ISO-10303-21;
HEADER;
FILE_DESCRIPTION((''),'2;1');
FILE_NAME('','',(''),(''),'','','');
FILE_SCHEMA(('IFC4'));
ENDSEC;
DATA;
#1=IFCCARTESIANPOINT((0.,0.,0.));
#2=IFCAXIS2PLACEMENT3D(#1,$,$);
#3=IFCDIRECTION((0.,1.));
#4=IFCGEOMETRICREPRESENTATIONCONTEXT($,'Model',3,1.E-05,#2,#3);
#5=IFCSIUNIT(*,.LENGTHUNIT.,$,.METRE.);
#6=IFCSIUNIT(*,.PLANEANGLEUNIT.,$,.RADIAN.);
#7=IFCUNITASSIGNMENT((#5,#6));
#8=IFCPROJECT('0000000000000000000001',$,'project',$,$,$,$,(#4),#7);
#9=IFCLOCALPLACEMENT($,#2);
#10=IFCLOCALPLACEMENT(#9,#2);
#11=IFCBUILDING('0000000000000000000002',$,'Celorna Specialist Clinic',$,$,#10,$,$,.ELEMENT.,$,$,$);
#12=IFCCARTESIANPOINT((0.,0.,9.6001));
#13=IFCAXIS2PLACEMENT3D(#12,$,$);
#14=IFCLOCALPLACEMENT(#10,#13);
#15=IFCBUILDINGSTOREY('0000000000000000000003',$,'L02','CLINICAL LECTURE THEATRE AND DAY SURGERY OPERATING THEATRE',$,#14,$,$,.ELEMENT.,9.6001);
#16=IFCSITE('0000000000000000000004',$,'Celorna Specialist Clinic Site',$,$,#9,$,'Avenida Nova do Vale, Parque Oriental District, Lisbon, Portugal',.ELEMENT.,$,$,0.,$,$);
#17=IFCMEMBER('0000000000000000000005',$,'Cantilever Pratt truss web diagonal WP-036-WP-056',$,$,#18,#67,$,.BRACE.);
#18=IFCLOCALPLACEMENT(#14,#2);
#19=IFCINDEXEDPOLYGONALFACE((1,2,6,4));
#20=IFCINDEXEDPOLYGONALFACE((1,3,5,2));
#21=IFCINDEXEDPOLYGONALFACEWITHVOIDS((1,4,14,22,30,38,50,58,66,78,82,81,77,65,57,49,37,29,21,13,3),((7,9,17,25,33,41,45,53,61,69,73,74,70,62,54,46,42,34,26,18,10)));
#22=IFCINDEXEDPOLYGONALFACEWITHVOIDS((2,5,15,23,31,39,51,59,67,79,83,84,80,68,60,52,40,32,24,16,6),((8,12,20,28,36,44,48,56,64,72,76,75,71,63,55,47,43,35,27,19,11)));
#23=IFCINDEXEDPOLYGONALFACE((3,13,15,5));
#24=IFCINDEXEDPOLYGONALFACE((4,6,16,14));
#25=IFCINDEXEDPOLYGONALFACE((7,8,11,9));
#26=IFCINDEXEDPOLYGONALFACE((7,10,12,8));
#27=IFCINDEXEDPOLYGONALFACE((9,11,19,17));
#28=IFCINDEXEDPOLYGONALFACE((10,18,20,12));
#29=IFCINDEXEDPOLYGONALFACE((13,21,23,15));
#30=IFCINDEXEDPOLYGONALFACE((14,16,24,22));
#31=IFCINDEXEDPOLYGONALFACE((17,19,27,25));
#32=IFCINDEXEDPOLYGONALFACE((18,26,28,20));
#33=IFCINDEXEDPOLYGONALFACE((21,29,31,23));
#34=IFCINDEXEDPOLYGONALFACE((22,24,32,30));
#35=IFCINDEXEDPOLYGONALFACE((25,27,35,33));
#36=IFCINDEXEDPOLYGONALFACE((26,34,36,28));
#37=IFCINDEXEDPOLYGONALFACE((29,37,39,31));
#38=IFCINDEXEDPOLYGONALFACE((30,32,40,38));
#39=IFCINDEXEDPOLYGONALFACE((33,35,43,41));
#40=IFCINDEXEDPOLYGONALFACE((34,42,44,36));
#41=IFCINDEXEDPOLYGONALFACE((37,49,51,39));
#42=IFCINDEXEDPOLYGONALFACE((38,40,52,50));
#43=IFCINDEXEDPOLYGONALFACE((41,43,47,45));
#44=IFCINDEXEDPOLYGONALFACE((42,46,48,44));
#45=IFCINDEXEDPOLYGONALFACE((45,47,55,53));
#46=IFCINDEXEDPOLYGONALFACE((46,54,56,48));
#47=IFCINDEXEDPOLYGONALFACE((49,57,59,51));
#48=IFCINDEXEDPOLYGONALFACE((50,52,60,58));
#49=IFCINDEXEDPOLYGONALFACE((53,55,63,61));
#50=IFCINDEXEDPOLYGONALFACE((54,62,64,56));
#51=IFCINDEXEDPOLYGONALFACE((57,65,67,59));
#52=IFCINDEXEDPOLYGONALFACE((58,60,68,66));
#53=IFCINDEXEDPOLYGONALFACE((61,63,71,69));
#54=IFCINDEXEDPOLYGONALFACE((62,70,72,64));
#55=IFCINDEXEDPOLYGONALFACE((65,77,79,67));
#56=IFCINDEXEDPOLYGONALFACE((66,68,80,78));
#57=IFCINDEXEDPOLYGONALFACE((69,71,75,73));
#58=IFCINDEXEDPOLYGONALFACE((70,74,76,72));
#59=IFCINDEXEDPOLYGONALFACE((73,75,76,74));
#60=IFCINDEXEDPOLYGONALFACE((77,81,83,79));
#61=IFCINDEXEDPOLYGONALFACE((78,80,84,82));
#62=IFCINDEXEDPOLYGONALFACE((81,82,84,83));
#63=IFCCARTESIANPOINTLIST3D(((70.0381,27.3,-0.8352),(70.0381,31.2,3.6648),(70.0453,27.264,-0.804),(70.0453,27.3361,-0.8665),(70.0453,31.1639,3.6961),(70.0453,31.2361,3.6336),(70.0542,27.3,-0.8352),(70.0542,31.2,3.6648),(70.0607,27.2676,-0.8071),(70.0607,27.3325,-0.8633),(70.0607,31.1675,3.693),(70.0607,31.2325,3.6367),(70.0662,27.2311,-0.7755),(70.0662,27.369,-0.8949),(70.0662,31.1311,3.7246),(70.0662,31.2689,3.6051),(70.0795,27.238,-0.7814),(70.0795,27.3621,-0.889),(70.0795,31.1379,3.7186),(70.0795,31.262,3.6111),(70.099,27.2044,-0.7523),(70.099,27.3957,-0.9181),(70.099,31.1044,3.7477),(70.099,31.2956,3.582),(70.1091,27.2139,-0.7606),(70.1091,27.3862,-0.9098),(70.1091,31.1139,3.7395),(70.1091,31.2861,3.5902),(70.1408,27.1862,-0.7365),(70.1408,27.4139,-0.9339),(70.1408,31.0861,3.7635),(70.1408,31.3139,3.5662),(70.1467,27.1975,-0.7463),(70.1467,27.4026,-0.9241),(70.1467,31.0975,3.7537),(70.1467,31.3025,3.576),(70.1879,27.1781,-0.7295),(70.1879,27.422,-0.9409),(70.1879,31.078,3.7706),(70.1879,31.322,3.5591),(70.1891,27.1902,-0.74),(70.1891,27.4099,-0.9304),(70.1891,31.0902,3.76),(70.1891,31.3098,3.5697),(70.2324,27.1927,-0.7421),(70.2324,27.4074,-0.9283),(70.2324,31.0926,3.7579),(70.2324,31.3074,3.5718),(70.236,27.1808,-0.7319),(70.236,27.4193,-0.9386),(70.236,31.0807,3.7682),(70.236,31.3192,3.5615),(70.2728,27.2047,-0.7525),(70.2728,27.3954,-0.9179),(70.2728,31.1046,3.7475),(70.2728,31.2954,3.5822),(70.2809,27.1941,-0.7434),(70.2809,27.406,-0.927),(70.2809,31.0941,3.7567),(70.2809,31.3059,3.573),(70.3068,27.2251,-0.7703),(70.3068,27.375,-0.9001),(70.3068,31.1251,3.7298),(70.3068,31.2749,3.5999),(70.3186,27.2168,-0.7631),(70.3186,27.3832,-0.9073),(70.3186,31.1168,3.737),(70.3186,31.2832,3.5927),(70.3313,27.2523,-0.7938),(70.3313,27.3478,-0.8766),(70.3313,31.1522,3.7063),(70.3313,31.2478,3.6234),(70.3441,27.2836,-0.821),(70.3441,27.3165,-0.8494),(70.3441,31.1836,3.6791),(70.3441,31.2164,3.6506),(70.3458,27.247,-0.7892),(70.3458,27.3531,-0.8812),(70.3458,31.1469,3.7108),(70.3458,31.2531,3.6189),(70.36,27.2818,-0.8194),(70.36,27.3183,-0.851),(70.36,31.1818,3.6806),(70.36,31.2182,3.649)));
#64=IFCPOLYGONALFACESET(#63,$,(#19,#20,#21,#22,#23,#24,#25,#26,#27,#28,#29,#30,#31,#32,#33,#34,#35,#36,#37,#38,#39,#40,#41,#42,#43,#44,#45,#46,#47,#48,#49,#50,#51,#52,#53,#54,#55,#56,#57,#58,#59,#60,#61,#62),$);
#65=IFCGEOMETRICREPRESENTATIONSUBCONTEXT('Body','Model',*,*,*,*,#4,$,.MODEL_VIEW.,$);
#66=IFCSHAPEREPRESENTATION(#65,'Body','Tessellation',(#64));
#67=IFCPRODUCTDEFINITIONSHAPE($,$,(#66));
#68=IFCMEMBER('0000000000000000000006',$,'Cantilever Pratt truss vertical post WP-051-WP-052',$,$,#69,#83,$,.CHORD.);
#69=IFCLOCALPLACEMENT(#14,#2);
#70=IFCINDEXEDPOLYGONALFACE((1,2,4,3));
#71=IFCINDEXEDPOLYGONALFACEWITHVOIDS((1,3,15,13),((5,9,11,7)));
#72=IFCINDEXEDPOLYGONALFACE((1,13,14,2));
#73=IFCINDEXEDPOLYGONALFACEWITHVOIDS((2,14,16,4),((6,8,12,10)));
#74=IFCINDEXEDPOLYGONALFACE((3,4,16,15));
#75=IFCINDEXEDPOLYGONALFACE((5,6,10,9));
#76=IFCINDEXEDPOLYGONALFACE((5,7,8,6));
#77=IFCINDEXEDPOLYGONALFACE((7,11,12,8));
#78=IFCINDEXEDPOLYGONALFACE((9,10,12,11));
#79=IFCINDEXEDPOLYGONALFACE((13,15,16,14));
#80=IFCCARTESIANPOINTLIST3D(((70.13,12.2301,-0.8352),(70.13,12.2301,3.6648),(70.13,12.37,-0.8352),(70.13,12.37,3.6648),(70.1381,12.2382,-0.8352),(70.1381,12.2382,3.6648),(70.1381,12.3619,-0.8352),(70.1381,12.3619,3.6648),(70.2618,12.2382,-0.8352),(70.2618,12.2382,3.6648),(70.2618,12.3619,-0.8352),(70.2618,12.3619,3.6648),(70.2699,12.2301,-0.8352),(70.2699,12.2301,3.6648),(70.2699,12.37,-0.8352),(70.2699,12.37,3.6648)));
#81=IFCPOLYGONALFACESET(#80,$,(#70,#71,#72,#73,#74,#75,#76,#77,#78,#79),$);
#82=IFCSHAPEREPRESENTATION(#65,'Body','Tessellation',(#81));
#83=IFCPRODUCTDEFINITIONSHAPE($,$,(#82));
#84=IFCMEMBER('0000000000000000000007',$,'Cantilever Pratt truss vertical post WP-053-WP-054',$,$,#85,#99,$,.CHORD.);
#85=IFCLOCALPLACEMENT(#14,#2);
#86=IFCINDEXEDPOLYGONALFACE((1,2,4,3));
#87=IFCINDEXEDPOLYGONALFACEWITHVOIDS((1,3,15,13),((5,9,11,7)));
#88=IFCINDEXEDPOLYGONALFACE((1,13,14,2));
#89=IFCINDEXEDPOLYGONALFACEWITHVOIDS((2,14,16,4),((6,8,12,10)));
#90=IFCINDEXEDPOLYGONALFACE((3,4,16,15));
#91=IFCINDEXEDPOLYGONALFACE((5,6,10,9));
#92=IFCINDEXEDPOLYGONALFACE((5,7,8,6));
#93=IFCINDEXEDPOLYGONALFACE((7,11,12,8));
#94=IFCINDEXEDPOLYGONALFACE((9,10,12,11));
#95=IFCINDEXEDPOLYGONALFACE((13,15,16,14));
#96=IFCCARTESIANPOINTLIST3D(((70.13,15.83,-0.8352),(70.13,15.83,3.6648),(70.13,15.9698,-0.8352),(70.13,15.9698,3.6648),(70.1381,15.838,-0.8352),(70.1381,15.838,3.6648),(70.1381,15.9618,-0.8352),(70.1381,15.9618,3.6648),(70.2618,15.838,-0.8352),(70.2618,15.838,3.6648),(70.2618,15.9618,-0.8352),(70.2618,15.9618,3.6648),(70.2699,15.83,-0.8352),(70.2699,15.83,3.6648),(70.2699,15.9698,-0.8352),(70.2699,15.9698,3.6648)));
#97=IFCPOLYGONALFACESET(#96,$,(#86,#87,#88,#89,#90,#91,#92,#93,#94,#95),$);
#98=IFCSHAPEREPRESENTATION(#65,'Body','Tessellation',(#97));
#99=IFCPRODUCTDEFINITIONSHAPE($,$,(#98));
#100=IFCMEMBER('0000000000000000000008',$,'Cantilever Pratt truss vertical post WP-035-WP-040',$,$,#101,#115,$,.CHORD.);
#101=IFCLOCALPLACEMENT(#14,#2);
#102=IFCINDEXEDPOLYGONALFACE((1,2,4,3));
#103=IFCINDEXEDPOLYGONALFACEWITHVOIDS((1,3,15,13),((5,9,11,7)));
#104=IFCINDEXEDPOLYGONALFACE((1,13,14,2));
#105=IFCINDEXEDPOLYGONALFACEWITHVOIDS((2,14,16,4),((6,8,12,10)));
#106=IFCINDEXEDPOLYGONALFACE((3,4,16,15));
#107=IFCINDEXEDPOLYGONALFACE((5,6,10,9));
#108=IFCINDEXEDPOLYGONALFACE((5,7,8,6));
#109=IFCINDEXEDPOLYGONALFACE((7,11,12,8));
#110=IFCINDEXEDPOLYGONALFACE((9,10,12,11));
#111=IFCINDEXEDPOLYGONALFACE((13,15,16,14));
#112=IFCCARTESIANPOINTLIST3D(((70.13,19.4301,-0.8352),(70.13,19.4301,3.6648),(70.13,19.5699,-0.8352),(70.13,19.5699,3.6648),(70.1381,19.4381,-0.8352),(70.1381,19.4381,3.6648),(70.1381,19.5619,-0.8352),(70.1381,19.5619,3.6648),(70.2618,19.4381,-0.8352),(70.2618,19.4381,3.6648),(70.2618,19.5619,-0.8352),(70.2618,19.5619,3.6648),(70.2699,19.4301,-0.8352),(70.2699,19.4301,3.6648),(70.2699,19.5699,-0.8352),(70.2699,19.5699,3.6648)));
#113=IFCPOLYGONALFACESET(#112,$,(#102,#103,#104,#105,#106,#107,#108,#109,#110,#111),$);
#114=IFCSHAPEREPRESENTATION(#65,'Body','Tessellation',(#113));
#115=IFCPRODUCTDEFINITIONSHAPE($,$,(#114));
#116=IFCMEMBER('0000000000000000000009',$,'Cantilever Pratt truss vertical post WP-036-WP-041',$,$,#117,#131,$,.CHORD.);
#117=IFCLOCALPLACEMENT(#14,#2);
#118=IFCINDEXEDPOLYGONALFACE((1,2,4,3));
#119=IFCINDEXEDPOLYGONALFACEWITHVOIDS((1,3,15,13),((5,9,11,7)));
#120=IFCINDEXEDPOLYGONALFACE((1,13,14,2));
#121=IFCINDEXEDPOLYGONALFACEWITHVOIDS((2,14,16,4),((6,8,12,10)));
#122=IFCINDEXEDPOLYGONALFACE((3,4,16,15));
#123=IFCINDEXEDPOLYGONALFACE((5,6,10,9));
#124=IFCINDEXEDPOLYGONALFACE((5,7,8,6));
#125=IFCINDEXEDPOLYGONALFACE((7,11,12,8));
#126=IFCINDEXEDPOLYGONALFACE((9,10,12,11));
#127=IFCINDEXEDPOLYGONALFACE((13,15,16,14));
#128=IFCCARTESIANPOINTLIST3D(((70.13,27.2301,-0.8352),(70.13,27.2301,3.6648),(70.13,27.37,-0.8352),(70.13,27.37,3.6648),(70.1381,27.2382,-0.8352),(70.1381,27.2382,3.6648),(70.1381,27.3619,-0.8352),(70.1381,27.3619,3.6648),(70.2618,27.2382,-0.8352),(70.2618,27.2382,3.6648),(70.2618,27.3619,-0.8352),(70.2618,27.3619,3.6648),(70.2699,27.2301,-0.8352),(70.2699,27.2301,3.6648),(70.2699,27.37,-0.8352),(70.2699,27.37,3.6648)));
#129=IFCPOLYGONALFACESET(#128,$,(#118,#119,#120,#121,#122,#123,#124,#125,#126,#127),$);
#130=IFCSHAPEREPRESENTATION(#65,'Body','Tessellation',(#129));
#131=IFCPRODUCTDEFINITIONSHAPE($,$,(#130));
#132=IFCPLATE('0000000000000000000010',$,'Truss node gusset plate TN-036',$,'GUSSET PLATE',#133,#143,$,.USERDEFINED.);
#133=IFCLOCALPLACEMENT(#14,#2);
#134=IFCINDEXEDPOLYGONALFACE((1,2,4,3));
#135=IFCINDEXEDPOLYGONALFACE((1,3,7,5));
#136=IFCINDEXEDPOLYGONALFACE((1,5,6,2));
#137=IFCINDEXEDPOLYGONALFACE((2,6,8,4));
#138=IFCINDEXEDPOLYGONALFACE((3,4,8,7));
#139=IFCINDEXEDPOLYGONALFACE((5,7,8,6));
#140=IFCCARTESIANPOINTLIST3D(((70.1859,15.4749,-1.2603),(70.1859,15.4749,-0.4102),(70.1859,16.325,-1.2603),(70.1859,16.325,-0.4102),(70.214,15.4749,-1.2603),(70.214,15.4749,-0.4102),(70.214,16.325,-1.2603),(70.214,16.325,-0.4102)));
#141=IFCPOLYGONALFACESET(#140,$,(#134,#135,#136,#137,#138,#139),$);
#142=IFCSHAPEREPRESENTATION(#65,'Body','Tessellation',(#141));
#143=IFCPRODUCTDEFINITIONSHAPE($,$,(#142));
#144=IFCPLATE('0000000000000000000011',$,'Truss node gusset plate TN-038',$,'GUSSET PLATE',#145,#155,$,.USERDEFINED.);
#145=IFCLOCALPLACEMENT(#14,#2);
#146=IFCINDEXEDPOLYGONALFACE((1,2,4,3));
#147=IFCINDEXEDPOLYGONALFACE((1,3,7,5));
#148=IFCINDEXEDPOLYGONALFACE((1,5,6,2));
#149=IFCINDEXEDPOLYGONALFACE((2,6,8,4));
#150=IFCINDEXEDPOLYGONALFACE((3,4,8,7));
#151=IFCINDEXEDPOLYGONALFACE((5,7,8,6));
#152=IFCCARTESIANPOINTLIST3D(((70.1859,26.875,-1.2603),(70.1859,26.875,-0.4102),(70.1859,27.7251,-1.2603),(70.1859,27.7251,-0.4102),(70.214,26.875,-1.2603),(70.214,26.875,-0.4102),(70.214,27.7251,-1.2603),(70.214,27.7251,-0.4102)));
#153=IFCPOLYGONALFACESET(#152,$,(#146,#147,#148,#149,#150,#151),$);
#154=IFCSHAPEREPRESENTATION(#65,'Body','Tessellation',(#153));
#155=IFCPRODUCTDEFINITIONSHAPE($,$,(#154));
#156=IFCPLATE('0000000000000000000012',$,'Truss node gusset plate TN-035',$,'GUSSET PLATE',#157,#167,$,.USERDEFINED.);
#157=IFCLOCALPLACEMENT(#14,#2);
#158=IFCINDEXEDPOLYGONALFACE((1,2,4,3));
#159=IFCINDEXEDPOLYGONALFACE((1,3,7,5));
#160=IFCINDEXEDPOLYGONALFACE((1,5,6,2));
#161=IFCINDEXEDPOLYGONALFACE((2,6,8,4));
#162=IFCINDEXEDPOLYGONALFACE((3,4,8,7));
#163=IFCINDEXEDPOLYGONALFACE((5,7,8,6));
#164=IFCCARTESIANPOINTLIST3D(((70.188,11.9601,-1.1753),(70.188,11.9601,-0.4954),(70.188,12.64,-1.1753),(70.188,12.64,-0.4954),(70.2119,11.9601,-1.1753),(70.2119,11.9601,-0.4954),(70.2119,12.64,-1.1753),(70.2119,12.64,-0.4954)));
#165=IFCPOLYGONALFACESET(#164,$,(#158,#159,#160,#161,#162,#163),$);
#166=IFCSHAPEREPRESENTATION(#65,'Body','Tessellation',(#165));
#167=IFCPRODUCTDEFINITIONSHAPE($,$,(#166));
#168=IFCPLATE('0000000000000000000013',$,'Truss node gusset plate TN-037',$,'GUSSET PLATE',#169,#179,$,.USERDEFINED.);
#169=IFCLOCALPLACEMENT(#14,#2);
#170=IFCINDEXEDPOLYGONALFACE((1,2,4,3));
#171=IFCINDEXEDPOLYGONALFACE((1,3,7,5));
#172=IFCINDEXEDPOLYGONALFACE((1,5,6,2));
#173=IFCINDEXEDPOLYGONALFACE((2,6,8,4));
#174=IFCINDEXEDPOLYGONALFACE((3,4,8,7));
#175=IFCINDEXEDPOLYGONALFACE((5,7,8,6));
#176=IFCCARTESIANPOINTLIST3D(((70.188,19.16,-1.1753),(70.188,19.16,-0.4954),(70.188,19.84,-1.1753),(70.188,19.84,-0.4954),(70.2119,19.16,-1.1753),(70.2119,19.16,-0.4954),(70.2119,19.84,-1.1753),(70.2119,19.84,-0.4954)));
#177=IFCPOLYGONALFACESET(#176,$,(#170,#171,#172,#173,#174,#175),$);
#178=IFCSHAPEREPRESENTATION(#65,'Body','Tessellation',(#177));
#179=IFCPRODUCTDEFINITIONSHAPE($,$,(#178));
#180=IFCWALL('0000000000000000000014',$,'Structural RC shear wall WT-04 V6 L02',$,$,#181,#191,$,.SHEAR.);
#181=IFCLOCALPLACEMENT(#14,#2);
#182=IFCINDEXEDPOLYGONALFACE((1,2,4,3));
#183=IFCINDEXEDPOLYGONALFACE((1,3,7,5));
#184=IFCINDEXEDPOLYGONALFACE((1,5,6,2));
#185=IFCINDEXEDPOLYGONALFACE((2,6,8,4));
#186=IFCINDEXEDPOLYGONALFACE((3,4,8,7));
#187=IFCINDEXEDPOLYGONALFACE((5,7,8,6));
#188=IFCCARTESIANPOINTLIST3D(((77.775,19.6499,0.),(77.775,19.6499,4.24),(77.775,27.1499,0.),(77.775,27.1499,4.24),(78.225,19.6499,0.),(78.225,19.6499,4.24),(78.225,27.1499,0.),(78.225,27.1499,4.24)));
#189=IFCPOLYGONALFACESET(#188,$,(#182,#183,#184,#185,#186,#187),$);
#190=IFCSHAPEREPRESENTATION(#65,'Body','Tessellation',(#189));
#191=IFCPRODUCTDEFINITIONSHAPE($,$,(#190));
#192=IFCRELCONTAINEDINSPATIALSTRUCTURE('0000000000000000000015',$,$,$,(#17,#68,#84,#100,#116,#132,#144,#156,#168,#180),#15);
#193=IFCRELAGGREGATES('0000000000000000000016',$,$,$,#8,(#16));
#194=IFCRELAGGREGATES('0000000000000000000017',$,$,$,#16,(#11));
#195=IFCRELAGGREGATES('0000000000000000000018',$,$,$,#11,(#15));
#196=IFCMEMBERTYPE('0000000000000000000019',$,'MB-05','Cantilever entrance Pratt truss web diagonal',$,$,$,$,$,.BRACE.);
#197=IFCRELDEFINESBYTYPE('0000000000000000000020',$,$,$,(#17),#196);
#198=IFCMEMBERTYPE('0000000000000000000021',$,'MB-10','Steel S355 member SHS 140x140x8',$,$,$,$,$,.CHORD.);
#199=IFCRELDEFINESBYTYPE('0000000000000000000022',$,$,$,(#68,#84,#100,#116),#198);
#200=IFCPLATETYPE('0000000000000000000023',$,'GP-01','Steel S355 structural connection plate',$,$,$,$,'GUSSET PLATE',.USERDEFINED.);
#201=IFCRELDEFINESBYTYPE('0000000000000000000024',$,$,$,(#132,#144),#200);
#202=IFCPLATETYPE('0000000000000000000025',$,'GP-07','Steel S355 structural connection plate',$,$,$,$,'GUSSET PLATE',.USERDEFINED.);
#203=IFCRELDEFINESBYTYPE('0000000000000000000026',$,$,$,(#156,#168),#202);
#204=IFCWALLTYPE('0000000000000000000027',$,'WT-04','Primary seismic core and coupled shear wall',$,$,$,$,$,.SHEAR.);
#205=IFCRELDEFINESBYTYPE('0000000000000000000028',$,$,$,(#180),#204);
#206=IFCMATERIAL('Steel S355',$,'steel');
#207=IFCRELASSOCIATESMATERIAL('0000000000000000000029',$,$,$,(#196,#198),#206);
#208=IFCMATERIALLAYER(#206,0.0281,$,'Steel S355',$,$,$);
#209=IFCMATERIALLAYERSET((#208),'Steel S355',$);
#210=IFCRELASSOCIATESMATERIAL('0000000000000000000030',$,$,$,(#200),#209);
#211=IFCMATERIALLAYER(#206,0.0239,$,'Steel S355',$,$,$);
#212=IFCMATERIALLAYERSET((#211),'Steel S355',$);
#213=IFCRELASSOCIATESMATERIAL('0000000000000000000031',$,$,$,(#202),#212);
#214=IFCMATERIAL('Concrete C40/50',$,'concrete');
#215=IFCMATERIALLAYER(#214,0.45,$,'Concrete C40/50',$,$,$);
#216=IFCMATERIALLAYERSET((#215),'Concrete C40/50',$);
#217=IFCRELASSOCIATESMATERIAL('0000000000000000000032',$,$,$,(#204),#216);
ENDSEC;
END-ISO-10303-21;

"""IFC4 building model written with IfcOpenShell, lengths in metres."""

from ifc_helpers import new_model, si_unit, direction, frame, frame_2d, origin, origin_2d, place, context, subcontext, project, spatial, rectangle, hollow_rectangle, hollow_circle, extrude, material, layer, layer_set, material_profile, profile_set, type_object, element, save


model = new_model("IFC4")

# Units and contexts
model_context = context("Model", 3, precision=1e-05, world=origin(), true_north=direction((0.0, 1.0)))
body_context = subcontext(model_context, "Body", "Model", "MODEL_VIEW")
ifc_project = project(units=[si_unit("LENGTHUNIT", "METRE"), si_unit("PLANEANGLEUNIT", "RADIAN")], contexts=[model_context])

# Site, building, storey
site_placement = place(None, origin())
site = spatial("IfcSite", under=ifc_project, at=site_placement, Name="Celorna Specialist Clinic Site", LongName="Avenida Nova do Vale, Parque Oriental District, Lisbon, Portugal", CompositionType="ELEMENT", RefElevation=0.0)
building_placement = place(site_placement, origin())
building = spatial("IfcBuilding", under=site, at=building_placement, Name="Celorna Specialist Clinic", CompositionType="ELEMENT")
storey_placement = place(building_placement, frame((0.0, 0.0, 9.6001)))
storey = spatial("IfcBuildingStorey", under=building, at=storey_placement, Name="L02", Description="CLINICAL LECTURE THEATRE AND DAY SURGERY OPERATING THEATRE", CompositionType="ELEMENT", Elevation=9.6001)

# Shared definitions
ifc_material_1 = material(Name="Concrete C40/50", Category="concrete")

# Shared definitions
ifc_material_2 = material(Name="Steel S355", Category="steel")

# Members
ifc_material_profile_1 = material_profile(ifc_material_2, hollow_circle(Radius=0.1619, WallThickness=0.0161, at=origin_2d()), Name="CHS 323.9x16")
ifc_profile_set_1 = profile_set([ifc_material_profile_1], Name="Steel S355")
member_type_1 = type_object("IfcMemberType", Name="MB-05", Description="Cantilever entrance Pratt truss web diagonal", PredefinedType="BRACE", material=ifc_profile_set_1)
for number, where, z_axis, x_axis, name in (
    (1, (70.2, 27.3, -0.8352), (0.0, 0.654921, 0.755697), (-1.0, 0.0, 0.0), "Cantilever Pratt truss web diagonal WP-036-WP-056"),
):
    element("IfcMember", number, at=place(storey_placement, frame(where, z_axis=z_axis, x_axis=x_axis)), inside=storey, type_object=member_type_1, Name=name, PredefinedType="BRACE", context=body_context, shape_type="SweptSolid", body=[
        extrude(hollow_circle(Radius=0.1619, WallThickness=0.0161, at=origin_2d()), origin(), (0.0, 0.0, 1.0), 5.9548),
    ])
ifc_material_profile_2 = material_profile(ifc_material_2, hollow_rectangle(XDim=0.1399, YDim=0.1399, WallThickness=0.0081, at=origin_2d()), Name="SHS 140x140x8")
ifc_profile_set_2 = profile_set([ifc_material_profile_2], Name="Steel S355")
member_type_2 = type_object("IfcMemberType", Name="MB-10", Description="Steel S355 member SHS 140x140x8", PredefinedType="CHORD", material=ifc_profile_set_2)
for number, where, z_axis, x_axis, name in (
    (2, (70.2, 12.3, -0.8352), (0.0, 0.0, 1.0), (1.0, 0.0, 0.0), "Cantilever Pratt truss vertical post WP-051-WP-052"),
    (3, (70.2, 15.8999, -0.8352), (0.0, 0.0, 1.0), (1.0, 0.0, 0.0), "Cantilever Pratt truss vertical post WP-053-WP-054"),
    (4, (70.2, 19.5, -0.8352), (0.0, 0.0, 1.0), (1.0, 0.0, 0.0), "Cantilever Pratt truss vertical post WP-035-WP-040"),
    (5, (70.2, 27.3, -0.8352), (0.0, 0.0, 1.0), (1.0, 0.0, 0.0), "Cantilever Pratt truss vertical post WP-036-WP-041"),
):
    element("IfcMember", number, at=place(storey_placement, frame(where, z_axis=z_axis, x_axis=x_axis)), inside=storey, type_object=member_type_2, Name=name, PredefinedType="CHORD", context=body_context, shape_type="SweptSolid", body=[
        extrude(hollow_rectangle(XDim=0.1399, YDim=0.1399, WallThickness=0.0081, at=origin_2d()), origin(), (0.0, 0.0, 1.0), 4.5),
    ])

# Plates
ifc_layer_1 = layer(ifc_material_2, 0.0281, Name="Steel S355")
ifc_layer_set_1 = layer_set([ifc_layer_1], Name="Steel S355")
plate_type_1 = type_object("IfcPlateType", Name="GP-01", Description="Steel S355 structural connection plate", ElementType="GUSSET PLATE", PredefinedType="USERDEFINED", material=ifc_layer_set_1)
for number, where, z_axis, x_axis, name in (
    (6, (70.2, 15.8999, -1.2603), (0.0, 0.0, 1.0), (0.0, 1.0, 0.0), "Truss node gusset plate TN-036"),
    (7, (70.2, 27.3, -1.2603), (0.0, 0.0, 1.0), (0.0, 1.0, 0.0), "Truss node gusset plate TN-038"),
):
    element("IfcPlate", number, at=place(storey_placement, frame(where, z_axis=z_axis, x_axis=x_axis)), inside=storey, type_object=plate_type_1, Name=name, ObjectType="GUSSET PLATE", PredefinedType="USERDEFINED", context=body_context, shape_type="SweptSolid", body=[
        extrude(rectangle(XDim=0.8501, YDim=0.0281, at=origin_2d()), origin(), (0.0, 0.0, 1.0), 0.8501),
    ])
ifc_layer_2 = layer(ifc_material_2, 0.0239, Name="Steel S355")
ifc_layer_set_2 = layer_set([ifc_layer_2], Name="Steel S355")
plate_type_2 = type_object("IfcPlateType", Name="GP-07", Description="Steel S355 structural connection plate", ElementType="GUSSET PLATE", PredefinedType="USERDEFINED", material=ifc_layer_set_2)
for number, where, z_axis, x_axis, name in (
    (8, (70.2, 12.3, -1.1753), (0.0, 0.0, 1.0), (0.0, 1.0, 0.0), "Truss node gusset plate TN-035"),
    (9, (70.2, 19.5, -1.1753), (0.0, 0.0, 1.0), (0.0, 1.0, 0.0), "Truss node gusset plate TN-037"),
):
    element("IfcPlate", number, at=place(storey_placement, frame(where, z_axis=z_axis, x_axis=x_axis)), inside=storey, type_object=plate_type_2, Name=name, ObjectType="GUSSET PLATE", PredefinedType="USERDEFINED", context=body_context, shape_type="SweptSolid", body=[
        extrude(rectangle(XDim=0.6799, YDim=0.0239, at=origin_2d()), origin(), (0.0, 0.0, 1.0), 0.6799),
    ])

# Wall
ifc_layer_3 = layer(ifc_material_1, 0.45, Name="Concrete C40/50")
ifc_layer_set_3 = layer_set([ifc_layer_3], Name="Concrete C40/50")
wall_type = type_object("IfcWallType", Name="WT-04", Description="Primary seismic core and coupled shear wall", PredefinedType="SHEAR", material=ifc_layer_set_3)
wall_placement = place(storey_placement, frame((78.0, 19.6499, 0.0), z_axis=(0.0, 0.0, 1.0), x_axis=(0.0, 1.0, 0.0)))
element("IfcWall", 10, at=wall_placement, inside=storey, type_object=wall_type, Name="Structural RC shear wall WT-04 V6 L02", PredefinedType="SHEAR", context=body_context, shape_type="SweptSolid", body=[
    extrude(rectangle(XDim=7.5, YDim=0.45, at=frame_2d((3.75, 0.0))), origin(), (0.0, 0.0, 1.0), 4.24),
])

save(model, "model.ifc")
